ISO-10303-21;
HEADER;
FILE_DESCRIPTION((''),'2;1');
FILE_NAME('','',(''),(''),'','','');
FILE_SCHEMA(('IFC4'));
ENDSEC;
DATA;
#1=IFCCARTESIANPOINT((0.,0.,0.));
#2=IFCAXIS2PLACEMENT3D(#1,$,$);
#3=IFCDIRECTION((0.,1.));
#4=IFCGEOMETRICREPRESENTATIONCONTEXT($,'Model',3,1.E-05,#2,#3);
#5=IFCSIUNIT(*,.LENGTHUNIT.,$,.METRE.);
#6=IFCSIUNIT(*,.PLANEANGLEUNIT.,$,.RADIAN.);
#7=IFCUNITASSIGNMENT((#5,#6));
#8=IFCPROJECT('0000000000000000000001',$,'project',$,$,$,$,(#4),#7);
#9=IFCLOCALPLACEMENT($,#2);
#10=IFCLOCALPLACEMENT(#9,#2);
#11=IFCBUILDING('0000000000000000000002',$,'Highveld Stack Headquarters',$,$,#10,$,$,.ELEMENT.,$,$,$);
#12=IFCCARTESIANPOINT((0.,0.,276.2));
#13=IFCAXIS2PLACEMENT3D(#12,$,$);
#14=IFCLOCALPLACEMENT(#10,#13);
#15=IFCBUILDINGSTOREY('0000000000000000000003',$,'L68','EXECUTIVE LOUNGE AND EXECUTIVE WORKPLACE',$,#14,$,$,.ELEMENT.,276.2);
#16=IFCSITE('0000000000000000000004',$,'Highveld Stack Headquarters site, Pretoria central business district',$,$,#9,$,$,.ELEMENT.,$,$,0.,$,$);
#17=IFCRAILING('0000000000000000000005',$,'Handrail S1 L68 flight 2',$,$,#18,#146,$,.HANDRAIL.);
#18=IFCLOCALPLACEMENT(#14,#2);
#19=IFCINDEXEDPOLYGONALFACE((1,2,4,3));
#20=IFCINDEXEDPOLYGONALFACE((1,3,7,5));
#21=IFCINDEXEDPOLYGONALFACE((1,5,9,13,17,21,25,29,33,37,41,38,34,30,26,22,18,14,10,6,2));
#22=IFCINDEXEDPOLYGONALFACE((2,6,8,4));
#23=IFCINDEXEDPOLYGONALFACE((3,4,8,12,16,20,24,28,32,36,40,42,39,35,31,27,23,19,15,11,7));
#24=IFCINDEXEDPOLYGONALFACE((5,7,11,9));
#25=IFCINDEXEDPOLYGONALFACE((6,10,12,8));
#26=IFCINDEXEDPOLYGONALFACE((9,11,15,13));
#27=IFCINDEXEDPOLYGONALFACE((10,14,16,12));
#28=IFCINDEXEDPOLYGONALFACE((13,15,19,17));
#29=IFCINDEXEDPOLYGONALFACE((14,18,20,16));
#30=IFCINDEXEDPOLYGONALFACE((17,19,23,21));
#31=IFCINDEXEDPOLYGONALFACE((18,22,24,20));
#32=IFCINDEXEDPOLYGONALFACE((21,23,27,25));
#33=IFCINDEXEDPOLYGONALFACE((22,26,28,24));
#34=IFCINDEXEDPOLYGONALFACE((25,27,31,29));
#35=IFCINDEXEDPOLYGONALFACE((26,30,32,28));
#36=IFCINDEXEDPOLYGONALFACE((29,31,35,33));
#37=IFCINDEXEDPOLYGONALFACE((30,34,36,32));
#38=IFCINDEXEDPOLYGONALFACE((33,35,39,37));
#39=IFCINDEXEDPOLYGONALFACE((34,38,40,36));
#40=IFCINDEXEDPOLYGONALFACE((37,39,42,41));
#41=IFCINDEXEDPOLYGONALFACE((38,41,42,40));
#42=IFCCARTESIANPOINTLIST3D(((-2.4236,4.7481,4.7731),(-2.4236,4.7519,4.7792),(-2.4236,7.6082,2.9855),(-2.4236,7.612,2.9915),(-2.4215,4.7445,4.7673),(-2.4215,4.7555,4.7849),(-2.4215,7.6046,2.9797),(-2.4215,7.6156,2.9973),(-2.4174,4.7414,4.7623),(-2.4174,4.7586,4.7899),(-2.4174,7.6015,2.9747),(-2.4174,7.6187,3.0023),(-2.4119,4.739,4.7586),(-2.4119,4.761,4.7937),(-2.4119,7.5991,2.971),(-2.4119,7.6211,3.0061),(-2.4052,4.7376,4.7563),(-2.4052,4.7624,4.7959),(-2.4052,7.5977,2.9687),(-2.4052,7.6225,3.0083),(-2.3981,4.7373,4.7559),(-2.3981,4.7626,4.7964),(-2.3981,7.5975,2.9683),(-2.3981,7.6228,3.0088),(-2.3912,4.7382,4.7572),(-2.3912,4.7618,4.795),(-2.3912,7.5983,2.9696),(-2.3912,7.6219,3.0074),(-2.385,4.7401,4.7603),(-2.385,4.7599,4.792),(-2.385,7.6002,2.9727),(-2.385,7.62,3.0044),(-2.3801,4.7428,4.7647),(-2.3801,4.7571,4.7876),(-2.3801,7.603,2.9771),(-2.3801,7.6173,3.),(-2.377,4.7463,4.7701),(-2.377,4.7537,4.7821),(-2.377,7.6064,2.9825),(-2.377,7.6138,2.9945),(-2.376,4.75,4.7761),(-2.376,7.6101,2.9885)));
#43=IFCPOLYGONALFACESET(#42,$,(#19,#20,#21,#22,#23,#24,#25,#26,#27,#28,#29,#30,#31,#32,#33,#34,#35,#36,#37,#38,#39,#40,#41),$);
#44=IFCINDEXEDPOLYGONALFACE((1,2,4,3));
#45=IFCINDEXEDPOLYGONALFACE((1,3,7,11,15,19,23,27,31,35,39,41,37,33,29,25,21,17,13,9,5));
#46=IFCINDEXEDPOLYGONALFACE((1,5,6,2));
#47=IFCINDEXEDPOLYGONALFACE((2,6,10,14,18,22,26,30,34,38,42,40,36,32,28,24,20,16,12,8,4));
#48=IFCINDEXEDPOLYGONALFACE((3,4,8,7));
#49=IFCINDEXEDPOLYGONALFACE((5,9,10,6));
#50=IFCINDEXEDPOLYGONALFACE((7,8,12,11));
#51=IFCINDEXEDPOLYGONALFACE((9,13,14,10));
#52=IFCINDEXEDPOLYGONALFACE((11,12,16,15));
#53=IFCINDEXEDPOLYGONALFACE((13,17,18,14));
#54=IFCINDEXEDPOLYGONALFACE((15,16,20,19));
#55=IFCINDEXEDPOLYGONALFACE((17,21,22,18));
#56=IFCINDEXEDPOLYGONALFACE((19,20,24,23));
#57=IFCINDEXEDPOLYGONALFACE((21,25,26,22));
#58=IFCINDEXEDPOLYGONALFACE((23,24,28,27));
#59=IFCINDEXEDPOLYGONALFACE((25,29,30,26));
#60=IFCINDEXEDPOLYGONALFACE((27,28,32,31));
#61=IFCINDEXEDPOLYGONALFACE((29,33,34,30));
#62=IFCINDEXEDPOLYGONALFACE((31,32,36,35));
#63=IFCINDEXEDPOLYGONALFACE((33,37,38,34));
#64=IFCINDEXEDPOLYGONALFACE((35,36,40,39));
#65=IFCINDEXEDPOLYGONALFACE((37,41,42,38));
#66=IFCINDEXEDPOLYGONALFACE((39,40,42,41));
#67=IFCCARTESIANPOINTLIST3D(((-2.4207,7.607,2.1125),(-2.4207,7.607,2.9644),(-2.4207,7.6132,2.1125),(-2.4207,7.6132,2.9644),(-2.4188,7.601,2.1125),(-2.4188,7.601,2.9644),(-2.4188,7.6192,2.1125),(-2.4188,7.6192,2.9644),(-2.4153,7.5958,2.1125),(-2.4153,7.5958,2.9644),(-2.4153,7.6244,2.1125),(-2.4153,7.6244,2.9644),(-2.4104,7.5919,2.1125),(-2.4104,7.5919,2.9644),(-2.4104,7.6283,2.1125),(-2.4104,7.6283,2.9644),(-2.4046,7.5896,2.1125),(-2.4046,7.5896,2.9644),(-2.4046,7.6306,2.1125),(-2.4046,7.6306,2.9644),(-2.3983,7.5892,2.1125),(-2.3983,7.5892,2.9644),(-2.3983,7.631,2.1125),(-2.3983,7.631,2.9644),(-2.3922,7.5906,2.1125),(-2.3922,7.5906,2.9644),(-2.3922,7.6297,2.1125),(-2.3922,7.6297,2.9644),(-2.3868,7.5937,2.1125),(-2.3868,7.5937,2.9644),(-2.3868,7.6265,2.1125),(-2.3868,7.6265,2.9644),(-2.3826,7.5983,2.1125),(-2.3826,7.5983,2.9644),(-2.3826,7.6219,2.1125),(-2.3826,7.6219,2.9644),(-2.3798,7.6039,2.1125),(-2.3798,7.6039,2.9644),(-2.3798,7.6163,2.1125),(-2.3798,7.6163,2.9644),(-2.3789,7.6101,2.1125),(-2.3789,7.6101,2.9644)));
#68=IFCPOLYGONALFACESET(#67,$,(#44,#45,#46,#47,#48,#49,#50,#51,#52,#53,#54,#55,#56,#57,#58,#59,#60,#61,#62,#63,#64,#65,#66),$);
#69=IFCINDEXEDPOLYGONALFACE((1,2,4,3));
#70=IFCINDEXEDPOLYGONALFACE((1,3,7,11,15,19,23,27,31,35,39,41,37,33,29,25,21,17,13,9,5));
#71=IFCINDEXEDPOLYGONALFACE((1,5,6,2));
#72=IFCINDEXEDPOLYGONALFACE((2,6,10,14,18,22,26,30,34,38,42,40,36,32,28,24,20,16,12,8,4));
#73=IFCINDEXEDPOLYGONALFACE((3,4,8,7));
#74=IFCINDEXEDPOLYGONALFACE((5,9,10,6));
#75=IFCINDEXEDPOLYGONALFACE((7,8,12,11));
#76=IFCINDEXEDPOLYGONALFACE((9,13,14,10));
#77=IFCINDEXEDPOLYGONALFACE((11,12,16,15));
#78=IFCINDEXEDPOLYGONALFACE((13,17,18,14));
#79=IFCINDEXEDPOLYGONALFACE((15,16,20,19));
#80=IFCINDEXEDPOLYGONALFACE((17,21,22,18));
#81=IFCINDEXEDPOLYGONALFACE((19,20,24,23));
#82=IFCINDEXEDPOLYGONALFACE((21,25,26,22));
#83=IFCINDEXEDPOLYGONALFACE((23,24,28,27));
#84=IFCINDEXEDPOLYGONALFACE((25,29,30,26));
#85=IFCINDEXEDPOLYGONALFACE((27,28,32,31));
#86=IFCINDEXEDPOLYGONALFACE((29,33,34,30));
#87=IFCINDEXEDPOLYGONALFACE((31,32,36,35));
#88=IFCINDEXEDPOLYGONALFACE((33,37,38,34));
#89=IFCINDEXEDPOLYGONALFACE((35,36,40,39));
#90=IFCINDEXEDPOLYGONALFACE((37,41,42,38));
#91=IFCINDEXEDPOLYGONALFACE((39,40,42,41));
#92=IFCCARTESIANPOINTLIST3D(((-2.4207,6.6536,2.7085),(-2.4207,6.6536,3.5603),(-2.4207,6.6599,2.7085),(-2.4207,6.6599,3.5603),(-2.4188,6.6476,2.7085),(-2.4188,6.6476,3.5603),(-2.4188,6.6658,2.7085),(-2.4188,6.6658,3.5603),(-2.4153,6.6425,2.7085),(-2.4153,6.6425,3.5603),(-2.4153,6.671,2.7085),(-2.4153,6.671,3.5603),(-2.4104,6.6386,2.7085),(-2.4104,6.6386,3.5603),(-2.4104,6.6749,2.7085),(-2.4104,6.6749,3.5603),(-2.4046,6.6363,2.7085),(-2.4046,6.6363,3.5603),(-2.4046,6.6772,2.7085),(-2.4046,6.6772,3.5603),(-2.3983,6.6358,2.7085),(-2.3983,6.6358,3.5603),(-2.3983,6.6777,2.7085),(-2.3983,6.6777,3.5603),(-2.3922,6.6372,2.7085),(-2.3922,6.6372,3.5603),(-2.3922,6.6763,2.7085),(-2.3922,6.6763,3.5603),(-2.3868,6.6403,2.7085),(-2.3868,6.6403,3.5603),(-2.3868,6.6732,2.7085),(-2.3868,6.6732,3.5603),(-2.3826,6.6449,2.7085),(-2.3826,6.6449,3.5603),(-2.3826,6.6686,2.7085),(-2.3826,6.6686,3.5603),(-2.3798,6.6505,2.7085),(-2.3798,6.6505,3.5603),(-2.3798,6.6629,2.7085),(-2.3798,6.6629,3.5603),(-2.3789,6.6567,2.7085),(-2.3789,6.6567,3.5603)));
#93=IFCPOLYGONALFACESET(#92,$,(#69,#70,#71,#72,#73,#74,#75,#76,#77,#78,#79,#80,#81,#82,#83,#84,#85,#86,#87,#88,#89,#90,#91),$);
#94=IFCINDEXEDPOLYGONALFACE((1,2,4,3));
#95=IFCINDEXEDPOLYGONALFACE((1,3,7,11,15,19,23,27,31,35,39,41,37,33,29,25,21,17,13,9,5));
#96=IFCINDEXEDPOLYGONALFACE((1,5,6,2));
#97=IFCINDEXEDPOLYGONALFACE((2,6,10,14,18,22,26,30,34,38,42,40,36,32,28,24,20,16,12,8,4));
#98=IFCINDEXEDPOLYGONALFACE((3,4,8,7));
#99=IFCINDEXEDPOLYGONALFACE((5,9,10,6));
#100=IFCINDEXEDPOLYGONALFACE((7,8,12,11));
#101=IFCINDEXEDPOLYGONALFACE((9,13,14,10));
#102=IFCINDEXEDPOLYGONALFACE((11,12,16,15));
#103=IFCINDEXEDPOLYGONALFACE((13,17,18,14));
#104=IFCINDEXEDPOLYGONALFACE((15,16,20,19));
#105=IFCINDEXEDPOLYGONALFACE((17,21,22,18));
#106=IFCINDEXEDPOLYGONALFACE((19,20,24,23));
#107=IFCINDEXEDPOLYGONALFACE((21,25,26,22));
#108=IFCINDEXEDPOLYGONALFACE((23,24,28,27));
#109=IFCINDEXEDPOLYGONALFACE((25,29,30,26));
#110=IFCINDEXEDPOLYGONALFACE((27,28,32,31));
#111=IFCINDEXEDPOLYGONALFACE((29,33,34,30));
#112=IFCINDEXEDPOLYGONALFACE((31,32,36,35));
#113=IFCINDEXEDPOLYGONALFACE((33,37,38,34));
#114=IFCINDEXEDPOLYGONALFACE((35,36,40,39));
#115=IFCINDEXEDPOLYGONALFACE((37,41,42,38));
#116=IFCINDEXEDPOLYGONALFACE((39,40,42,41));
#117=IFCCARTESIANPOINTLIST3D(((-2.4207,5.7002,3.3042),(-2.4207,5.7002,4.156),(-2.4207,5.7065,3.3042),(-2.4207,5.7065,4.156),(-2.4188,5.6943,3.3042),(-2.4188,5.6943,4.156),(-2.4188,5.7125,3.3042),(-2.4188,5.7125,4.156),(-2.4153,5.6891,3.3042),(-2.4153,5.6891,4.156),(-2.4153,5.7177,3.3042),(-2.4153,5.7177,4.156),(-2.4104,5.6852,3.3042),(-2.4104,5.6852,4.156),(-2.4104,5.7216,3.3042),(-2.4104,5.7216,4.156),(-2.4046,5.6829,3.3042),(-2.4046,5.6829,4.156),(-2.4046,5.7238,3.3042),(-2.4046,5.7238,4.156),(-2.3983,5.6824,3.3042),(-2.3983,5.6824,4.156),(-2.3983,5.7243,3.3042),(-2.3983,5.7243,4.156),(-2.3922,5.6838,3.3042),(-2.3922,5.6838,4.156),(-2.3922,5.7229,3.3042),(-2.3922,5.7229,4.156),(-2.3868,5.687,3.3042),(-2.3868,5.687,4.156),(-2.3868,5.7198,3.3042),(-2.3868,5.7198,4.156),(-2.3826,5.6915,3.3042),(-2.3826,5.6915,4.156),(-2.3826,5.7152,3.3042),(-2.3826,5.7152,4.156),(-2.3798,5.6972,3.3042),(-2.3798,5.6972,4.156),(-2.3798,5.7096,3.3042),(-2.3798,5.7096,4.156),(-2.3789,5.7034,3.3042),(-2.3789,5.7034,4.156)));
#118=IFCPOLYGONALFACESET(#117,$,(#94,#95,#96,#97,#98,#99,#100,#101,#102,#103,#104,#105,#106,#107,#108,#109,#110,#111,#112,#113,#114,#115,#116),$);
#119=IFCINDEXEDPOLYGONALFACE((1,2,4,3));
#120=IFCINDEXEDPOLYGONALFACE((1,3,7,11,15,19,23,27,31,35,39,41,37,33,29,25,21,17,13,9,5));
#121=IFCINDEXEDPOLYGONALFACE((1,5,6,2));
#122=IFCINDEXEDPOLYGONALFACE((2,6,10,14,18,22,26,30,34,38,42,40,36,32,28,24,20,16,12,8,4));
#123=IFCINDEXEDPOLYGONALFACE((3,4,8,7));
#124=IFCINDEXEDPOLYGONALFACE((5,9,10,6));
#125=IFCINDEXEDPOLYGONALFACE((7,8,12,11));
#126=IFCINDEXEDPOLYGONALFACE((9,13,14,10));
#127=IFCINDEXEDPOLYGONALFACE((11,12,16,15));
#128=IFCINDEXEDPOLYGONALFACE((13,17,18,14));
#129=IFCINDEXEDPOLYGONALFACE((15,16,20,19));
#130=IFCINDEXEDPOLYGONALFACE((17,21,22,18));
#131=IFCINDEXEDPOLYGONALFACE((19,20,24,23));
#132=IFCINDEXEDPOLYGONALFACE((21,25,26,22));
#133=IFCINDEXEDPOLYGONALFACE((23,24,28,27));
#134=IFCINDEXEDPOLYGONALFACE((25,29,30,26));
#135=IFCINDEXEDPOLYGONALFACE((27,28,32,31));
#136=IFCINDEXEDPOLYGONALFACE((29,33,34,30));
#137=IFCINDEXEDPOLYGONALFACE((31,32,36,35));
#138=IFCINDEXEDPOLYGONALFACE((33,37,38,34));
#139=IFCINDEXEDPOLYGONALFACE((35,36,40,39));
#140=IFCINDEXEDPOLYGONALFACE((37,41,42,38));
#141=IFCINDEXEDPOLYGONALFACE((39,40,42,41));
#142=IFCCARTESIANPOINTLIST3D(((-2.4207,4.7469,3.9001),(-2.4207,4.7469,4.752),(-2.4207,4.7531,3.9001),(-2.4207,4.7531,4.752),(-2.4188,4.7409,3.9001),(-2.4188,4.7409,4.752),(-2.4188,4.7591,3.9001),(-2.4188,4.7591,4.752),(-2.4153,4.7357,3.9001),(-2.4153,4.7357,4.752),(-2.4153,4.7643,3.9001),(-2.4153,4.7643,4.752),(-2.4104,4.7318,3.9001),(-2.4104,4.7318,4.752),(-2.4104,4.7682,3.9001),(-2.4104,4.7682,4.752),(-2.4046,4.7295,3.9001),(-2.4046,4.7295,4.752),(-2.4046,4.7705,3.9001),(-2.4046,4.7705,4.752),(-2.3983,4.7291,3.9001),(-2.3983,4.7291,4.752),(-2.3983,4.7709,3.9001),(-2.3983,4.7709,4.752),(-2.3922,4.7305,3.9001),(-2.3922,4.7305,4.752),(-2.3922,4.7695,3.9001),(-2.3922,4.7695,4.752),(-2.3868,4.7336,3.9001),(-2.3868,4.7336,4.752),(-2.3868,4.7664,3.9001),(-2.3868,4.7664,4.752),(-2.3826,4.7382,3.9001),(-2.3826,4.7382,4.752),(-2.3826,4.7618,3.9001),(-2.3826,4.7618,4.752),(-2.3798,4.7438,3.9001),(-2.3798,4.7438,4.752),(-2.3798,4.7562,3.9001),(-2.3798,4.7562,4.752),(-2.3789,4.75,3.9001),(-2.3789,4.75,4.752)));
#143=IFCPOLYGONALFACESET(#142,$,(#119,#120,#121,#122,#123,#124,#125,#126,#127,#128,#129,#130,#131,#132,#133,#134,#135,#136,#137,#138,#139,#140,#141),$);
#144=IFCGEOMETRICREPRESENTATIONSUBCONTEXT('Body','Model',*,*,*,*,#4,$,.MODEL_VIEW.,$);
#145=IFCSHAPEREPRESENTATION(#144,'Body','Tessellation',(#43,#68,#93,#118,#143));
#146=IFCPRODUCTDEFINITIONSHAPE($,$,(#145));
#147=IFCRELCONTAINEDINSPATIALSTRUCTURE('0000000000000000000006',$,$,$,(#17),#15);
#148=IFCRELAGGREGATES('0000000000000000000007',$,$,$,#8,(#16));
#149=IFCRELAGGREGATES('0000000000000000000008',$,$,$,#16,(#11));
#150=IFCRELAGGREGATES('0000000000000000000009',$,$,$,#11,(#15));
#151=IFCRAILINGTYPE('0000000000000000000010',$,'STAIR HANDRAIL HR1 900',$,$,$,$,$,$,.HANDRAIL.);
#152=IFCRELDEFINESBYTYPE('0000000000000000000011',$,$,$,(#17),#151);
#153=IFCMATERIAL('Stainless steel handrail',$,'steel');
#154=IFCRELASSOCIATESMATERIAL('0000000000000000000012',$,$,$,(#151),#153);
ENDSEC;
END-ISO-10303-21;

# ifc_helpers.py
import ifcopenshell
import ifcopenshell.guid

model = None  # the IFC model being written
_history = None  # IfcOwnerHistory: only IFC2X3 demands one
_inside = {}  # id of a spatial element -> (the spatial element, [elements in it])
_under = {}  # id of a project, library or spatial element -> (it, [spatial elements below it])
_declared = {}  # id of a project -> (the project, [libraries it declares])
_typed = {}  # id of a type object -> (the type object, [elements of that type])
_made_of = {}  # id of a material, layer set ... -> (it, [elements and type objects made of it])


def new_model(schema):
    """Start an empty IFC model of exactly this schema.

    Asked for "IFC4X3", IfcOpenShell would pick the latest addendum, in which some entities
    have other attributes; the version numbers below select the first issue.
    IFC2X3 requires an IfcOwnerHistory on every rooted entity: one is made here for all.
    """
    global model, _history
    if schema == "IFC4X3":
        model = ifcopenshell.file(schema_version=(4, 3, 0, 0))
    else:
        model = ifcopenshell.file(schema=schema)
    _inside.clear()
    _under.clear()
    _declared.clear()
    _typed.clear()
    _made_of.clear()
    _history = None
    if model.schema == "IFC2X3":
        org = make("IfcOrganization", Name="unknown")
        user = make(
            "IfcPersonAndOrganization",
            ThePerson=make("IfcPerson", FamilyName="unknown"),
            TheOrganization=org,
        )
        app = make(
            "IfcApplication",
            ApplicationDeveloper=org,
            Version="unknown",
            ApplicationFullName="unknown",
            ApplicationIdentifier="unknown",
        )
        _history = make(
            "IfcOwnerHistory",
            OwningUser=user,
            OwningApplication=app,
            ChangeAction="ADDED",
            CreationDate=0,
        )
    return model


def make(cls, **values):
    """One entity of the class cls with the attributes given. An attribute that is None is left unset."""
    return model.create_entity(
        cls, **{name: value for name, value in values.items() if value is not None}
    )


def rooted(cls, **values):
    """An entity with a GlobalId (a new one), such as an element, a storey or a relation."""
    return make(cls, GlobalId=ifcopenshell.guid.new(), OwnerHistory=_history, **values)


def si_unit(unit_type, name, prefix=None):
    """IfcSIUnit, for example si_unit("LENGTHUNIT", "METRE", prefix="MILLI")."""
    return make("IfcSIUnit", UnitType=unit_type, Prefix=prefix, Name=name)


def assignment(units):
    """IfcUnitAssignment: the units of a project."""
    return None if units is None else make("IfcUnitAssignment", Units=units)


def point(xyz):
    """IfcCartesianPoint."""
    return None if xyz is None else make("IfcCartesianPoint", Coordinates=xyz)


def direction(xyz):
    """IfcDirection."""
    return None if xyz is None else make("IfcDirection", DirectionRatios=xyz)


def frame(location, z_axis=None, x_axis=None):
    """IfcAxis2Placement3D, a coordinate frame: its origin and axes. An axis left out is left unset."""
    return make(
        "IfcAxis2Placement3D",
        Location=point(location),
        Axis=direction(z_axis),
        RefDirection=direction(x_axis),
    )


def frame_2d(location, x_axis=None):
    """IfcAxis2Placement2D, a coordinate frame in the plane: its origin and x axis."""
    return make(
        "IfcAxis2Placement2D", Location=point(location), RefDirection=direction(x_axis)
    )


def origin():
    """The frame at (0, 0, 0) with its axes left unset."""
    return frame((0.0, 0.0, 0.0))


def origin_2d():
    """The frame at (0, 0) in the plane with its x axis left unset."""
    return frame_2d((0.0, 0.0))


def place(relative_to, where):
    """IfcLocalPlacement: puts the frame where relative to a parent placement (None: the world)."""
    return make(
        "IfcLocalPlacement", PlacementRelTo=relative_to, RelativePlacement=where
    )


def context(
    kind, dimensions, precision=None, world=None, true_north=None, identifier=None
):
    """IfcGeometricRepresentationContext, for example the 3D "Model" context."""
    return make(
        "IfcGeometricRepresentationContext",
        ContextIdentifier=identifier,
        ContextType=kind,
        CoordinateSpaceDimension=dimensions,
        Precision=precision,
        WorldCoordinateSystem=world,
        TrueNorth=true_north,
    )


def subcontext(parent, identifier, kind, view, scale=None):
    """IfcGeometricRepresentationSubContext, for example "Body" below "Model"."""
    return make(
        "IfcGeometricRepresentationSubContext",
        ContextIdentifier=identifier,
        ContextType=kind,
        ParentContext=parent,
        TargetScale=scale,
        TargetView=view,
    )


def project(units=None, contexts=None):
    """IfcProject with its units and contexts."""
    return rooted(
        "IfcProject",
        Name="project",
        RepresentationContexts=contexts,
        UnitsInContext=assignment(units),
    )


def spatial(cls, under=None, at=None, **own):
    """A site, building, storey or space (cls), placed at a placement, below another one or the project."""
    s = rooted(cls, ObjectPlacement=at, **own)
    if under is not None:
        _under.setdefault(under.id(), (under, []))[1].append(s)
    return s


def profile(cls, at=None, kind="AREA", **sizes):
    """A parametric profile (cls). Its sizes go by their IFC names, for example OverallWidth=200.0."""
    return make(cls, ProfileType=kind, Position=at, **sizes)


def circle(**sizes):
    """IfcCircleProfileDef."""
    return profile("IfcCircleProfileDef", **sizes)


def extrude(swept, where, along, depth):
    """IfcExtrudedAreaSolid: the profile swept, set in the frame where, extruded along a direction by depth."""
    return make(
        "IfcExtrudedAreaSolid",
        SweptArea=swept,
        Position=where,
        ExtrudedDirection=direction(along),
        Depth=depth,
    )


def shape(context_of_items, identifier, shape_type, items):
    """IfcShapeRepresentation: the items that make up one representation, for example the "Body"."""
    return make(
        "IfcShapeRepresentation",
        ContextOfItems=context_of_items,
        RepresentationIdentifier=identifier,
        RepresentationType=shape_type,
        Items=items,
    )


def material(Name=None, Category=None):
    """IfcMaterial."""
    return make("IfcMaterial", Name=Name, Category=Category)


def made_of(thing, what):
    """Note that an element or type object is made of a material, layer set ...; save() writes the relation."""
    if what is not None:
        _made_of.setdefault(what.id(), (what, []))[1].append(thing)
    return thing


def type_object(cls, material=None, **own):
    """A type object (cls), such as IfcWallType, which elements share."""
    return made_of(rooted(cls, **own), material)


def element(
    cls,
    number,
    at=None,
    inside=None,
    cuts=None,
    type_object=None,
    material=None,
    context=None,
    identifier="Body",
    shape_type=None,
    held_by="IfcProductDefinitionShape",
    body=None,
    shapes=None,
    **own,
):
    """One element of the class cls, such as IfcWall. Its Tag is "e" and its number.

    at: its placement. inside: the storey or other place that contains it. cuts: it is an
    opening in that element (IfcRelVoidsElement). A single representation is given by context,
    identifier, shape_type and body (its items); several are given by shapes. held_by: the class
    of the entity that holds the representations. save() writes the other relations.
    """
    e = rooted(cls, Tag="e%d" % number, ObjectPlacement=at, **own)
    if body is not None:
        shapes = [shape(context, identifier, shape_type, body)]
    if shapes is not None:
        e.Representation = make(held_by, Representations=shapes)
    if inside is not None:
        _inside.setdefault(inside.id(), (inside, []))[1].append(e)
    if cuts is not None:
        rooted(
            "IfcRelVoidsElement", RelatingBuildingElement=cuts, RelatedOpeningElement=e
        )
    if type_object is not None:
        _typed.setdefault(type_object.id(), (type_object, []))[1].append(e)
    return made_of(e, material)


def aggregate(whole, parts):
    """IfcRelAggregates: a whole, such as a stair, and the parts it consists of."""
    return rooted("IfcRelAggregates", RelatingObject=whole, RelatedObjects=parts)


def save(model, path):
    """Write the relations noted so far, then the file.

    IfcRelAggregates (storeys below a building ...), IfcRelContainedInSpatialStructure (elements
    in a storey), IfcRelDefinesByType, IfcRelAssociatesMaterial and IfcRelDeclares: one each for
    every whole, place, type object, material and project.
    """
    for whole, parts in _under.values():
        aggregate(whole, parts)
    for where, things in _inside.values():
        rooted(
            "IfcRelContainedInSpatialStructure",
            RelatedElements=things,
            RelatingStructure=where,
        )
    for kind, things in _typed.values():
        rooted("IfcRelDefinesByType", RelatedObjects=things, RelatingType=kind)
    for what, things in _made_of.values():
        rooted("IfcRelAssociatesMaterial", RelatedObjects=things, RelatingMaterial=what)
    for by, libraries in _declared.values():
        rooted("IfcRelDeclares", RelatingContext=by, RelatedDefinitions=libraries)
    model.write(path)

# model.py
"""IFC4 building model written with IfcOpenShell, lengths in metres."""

from ifc_helpers import new_model, si_unit, direction, frame, origin, origin_2d, place, context, subcontext, project, spatial, circle, extrude, material, type_object, element, save


model = new_model("IFC4")

# Units and contexts
model_context = context("Model", 3, precision=1e-05, world=origin(), true_north=direction((0.0, 1.0)))
body_context = subcontext(model_context, "Body", "Model", "MODEL_VIEW")
ifc_project = project(units=[si_unit("LENGTHUNIT", "METRE"), si_unit("PLANEANGLEUNIT", "RADIAN")], contexts=[model_context])

# Site, building, storey
site_placement = place(None, origin())
site = spatial("IfcSite", under=ifc_project, at=site_placement, Name="Highveld Stack Headquarters site, Pretoria central business district", CompositionType="ELEMENT", RefElevation=0.0)
building_placement = place(site_placement, origin())
building = spatial("IfcBuilding", under=site, at=building_placement, Name="Highveld Stack Headquarters", CompositionType="ELEMENT")
storey_placement = place(building_placement, frame((0.0, 0.0, 276.2)))
storey = spatial("IfcBuildingStorey", under=building, at=storey_placement, Name="L68", Description="EXECUTIVE LOUNGE AND EXECUTIVE WORKPLACE", CompositionType="ELEMENT", Elevation=276.2)

# Railing
ifc_material_1 = material(Name="Stainless steel handrail", Category="steel")
railing_type = type_object("IfcRailingType", Name="STAIR HANDRAIL HR1 900", PredefinedType="HANDRAIL", material=ifc_material_1)
for number, where, name in (
    (1, (-2.3999, 7.6101, 2.1125), "Handrail S1 L68 flight 2"),
):
    element("IfcRailing", number, at=place(storey_placement, frame(where)), inside=storey, type_object=railing_type, Name=name, PredefinedType="HANDRAIL", context=body_context, shape_type="SweptSolid", body=[
        extrude(circle(Radius=0.0239, at=origin_2d()), frame((0.0, 0.0, 0.876), z_axis=(0.0, -0.847994, 0.530005), x_axis=(1.0, 0.0, 0.0)), (0.0, 0.0, 1.0), 3.3728),
        extrude(circle(Radius=0.021, at=origin_2d()), origin(), (0.0, 0.0, 1.0), 0.8518),
        extrude(circle(Radius=0.021, at=origin_2d()), frame((0.0, -0.9534, 0.5959)), (0.0, 0.0, 1.0), 0.8518),
        extrude(circle(Radius=0.021, at=origin_2d()), frame((0.0, -1.9067, 1.1917)), (0.0, 0.0, 1.0), 0.8518),
        extrude(circle(Radius=0.021, at=origin_2d()), frame((0.0, -2.8601, 1.7876)), (0.0, 0.0, 1.0), 0.8518),
    ])

save(model, "model.ifc")
